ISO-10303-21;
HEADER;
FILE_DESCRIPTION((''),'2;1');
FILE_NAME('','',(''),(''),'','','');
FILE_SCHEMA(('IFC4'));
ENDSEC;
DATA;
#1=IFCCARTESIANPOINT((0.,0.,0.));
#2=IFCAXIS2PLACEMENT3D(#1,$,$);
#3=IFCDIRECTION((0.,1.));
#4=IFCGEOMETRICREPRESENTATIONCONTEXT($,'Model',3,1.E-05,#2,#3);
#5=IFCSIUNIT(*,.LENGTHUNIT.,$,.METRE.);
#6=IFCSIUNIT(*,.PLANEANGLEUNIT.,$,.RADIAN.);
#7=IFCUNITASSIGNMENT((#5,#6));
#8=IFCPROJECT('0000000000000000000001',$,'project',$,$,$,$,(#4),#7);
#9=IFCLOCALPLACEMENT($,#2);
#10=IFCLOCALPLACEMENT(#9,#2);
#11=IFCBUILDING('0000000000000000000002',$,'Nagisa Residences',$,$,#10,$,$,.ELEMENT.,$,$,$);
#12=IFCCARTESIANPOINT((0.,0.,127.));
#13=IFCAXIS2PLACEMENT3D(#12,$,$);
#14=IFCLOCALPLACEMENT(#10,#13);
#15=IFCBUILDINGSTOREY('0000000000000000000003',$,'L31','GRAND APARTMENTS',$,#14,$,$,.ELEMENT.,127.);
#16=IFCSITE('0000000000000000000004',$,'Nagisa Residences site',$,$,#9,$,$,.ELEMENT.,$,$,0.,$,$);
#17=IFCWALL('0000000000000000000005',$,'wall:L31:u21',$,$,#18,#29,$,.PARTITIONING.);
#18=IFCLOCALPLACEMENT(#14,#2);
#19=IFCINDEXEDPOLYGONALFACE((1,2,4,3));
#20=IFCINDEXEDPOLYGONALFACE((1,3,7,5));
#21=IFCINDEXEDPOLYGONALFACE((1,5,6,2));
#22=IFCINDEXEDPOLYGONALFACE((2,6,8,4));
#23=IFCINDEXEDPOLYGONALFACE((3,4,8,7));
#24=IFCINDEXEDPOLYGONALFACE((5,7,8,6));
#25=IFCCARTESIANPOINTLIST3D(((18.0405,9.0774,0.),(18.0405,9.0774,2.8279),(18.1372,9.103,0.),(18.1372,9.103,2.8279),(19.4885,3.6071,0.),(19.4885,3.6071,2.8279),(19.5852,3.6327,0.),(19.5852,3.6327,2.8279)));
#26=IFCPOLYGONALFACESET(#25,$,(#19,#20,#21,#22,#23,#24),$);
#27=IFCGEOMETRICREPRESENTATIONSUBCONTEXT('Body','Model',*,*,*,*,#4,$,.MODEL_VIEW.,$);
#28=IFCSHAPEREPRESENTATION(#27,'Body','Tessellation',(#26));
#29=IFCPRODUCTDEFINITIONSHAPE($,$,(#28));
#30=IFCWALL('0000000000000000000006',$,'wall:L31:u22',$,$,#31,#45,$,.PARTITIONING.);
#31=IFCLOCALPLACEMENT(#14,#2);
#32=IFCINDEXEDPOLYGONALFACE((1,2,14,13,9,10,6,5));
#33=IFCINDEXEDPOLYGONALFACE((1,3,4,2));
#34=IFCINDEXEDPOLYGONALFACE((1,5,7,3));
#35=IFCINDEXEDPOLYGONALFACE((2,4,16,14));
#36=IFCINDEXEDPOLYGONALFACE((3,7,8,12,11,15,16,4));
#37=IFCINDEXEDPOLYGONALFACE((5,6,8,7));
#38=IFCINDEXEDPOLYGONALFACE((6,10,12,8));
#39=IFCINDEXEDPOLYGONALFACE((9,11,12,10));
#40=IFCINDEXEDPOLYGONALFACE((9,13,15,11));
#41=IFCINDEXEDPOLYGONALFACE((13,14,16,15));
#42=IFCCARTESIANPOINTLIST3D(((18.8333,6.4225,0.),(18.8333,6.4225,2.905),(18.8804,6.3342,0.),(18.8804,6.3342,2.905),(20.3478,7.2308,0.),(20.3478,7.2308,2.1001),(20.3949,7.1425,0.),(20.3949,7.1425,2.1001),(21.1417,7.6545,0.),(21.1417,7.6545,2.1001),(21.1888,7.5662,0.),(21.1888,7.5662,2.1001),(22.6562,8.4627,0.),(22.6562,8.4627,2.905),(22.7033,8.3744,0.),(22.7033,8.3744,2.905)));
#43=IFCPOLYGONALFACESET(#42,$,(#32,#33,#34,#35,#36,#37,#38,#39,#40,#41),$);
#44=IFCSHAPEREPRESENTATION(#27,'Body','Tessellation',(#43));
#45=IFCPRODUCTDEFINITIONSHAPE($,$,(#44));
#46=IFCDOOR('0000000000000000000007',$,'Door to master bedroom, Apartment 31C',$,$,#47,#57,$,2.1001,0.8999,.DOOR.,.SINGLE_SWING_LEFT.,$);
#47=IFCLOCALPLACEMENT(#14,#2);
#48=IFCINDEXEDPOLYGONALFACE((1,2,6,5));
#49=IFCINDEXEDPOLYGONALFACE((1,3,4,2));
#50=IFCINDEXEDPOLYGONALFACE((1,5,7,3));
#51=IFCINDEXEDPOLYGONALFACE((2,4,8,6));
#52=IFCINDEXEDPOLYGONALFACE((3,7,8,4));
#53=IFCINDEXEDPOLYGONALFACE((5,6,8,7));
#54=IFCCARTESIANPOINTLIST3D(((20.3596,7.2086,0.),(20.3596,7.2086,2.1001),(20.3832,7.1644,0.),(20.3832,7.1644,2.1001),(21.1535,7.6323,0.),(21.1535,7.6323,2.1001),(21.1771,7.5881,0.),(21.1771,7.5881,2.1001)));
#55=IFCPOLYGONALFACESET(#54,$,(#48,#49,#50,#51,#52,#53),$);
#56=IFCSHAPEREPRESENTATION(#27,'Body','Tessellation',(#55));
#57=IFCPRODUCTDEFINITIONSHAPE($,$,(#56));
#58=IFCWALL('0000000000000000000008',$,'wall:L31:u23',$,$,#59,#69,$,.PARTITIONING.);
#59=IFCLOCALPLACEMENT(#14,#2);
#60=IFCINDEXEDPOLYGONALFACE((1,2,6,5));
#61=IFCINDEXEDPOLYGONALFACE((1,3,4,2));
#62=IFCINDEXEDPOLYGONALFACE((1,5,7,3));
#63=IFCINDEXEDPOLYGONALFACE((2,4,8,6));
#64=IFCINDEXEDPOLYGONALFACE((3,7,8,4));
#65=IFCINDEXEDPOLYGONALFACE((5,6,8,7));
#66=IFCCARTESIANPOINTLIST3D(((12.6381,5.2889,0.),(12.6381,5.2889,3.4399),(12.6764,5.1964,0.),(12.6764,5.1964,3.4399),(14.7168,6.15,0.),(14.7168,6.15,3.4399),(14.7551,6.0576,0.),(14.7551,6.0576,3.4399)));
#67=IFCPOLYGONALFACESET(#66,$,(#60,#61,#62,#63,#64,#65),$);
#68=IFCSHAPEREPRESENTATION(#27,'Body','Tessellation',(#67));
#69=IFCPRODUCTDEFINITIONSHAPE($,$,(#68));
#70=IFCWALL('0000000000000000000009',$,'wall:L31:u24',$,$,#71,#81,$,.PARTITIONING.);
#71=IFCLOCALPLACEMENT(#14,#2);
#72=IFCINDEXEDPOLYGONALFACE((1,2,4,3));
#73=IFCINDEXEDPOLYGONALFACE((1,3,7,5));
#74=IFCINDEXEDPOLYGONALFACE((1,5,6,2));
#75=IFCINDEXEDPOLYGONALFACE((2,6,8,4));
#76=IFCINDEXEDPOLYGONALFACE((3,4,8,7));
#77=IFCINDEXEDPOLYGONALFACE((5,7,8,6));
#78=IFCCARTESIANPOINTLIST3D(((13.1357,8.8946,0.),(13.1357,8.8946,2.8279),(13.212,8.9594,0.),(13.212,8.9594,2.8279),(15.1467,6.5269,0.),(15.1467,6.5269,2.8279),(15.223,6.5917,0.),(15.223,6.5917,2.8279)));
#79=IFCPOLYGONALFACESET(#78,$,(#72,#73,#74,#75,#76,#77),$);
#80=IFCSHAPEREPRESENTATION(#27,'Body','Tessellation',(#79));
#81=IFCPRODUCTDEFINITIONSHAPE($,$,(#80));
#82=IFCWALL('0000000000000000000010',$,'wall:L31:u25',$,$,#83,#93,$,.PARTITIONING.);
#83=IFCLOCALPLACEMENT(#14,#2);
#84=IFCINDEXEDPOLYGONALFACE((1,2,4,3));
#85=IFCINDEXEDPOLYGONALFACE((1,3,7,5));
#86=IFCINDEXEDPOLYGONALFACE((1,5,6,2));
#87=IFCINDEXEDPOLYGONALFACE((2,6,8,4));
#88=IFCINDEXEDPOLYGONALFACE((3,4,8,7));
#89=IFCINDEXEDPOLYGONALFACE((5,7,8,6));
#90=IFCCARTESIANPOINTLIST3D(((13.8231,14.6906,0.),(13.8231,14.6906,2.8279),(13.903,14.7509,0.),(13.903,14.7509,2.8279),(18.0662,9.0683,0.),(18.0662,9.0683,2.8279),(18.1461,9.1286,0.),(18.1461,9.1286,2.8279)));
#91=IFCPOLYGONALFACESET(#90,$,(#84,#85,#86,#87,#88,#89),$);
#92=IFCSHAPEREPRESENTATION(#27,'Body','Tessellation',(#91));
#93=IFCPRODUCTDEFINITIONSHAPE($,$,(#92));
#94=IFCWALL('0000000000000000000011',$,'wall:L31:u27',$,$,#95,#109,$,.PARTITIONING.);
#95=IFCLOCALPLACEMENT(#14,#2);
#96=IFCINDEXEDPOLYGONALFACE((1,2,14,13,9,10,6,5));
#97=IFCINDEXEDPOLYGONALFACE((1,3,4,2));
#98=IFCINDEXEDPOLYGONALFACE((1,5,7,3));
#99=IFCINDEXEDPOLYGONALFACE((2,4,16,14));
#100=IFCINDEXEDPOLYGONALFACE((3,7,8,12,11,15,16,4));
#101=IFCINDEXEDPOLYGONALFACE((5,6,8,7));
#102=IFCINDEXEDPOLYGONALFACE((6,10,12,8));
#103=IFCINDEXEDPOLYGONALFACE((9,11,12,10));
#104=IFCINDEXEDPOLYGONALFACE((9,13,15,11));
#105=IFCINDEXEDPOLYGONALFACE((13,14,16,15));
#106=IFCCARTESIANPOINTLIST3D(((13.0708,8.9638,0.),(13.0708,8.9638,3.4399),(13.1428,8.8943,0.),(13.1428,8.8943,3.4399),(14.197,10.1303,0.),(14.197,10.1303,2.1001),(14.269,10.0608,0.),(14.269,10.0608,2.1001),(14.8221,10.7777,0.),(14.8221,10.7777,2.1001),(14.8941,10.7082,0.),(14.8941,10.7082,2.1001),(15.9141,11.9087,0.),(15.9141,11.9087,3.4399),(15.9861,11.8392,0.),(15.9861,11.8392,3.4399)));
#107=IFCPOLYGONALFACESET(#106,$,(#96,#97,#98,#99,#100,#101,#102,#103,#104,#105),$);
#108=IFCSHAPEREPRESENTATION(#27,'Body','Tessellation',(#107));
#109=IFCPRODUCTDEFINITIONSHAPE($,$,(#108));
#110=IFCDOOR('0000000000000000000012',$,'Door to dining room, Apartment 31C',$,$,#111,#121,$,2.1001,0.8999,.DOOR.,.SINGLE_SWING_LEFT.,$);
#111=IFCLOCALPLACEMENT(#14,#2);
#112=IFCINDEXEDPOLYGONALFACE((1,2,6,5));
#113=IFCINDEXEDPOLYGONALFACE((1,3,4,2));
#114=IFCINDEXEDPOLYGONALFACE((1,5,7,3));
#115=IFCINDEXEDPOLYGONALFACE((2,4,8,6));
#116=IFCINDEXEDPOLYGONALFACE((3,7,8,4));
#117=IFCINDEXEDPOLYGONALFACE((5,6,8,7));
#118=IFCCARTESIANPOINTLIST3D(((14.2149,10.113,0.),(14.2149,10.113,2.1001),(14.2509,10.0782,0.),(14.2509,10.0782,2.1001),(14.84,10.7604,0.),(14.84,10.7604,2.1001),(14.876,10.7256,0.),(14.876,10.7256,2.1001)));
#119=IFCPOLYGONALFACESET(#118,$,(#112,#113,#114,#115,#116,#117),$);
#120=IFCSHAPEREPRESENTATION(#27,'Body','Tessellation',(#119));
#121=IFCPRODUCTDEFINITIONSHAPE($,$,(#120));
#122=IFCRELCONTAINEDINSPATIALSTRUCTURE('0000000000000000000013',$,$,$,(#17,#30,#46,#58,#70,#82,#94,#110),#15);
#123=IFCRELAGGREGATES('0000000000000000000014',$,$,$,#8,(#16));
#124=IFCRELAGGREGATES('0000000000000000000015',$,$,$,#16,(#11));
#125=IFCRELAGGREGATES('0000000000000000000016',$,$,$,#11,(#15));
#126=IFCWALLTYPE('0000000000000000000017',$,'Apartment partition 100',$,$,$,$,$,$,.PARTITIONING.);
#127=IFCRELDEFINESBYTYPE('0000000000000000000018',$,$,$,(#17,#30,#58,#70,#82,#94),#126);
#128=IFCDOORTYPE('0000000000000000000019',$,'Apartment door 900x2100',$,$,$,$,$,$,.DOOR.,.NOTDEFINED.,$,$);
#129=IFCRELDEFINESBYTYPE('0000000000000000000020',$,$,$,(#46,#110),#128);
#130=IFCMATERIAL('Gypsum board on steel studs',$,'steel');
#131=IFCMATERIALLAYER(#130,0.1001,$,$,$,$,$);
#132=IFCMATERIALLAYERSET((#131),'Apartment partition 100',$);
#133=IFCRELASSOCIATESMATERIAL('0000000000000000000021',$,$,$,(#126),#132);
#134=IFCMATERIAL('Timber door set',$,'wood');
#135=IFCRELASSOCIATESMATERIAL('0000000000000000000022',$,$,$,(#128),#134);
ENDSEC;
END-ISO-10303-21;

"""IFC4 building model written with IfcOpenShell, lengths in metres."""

from ifc_helpers import new_model, si_unit, direction, frame, frame_2d, origin, place, context, subcontext, project, spatial, rectangle, extrude, material, layer, layer_set, type_object, element, fill, save


model = new_model("IFC4")

# Units and contexts
model_context = context("Model", 3, precision=1e-05, world=origin(), true_north=direction((0.0, 1.0)))
body_context = subcontext(model_context, "Body", "Model", "MODEL_VIEW")
ifc_project = project(units=[si_unit("LENGTHUNIT", "METRE"), si_unit("PLANEANGLEUNIT", "RADIAN")], contexts=[model_context])

# Site, building, storey
site_placement = place(None, origin())
site = spatial("IfcSite", under=ifc_project, at=site_placement, Name="Nagisa Residences site", CompositionType="ELEMENT", RefElevation=0.0)
building_placement = place(site_placement, origin())
building = spatial("IfcBuilding", under=site, at=building_placement, Name="Nagisa Residences", CompositionType="ELEMENT")
storey_placement = place(building_placement, frame((0.0, 0.0, 127.0)))
storey = spatial("IfcBuildingStorey", under=building, at=storey_placement, Name="L31", Description="GRAND APARTMENTS", CompositionType="ELEMENT", Elevation=127.0)

# Shared definitions
ifc_material_1 = material(Name="Gypsum board on steel studs", Category="steel")
ifc_layer_1 = layer(ifc_material_1, 0.1001)
ifc_layer_set_1 = layer_set([ifc_layer_1], Name="Apartment partition 100")
wall_type_1 = type_object("IfcWallType", Name="Apartment partition 100", PredefinedType="PARTITIONING", material=ifc_layer_set_1)
ifc_material_2 = material(Name="Timber door set", Category="wood")
door_type_1 = type_object("IfcDoorType", Name="Apartment door 900x2100", OperationType="NOTDEFINED", PredefinedType="DOOR", material=ifc_material_2)

# Wall
wall_1_placement = place(storey_placement, frame((19.5369, 3.6199, 0.0), z_axis=(0.0, 0.0, 1.0), x_axis=(-0.255893, 0.966705, 0.0)))
element("IfcWall", 1, at=wall_1_placement, inside=storey, type_object=wall_type_1, Name="wall:L31:u21", PredefinedType="PARTITIONING", context=body_context, shape_type="SweptSolid", body=[
    extrude(rectangle(XDim=5.6587, YDim=0.1001, at=frame_2d((2.8293, 0.0))), origin(), (0.0, 0.0, 1.0), 2.8279),
])

# Wall, opening, door
wall_2_placement = place(storey_placement, frame((18.8569, 6.3784, 0.0), z_axis=(0.0, 0.0, 1.0), x_axis=(0.882223, 0.470831, 0.0)))
wall_2 = element("IfcWall", 2, at=wall_2_placement, inside=storey, type_object=wall_type_1, Name="wall:L31:u22", PredefinedType="PARTITIONING", context=body_context, shape_type="SweptSolid", body=[
    extrude(rectangle(XDim=4.3333, YDim=0.1001, at=frame_2d((2.1665, 0.0))), origin(), (0.0, 0.0, 1.0), 2.905),
])
opening_1_placement = place(wall_2_placement, frame((1.7166, 0.0, 0.0)))
opening_1 = element("IfcOpeningElement", 3, at=opening_1_placement, cuts=wall_2, PredefinedType="OPENING", context=body_context, shape_type="SweptSolid", body=[
    extrude(rectangle(XDim=0.8999, YDim=2.1001, at=frame_2d((0.45, 1.05))), frame((0.0, 0.0601, 0.0), z_axis=(0.0, -1.0, 0.0), x_axis=(1.0, 0.0, 0.0)), (0.0, 0.0, 1.0), 0.1201),
])
door_1_placement = place(opening_1_placement, origin())
door_1 = element("IfcDoor", 4, at=door_1_placement, inside=storey, type_object=door_type_1, Name="Door to master bedroom, Apartment 31C", OperationType="SINGLE_SWING_LEFT", OverallHeight=2.1001, OverallWidth=0.8999, PredefinedType="DOOR", context=body_context, shape_type="SweptSolid", body=[
    extrude(rectangle(XDim=0.8999, YDim=2.1001, at=frame_2d((0.45, 1.05))), frame((0.0, 0.0249, 0.0), z_axis=(0.0, -1.0, 0.0), x_axis=(1.0, 0.0, 0.0)), (0.0, 0.0, 1.0), 0.05),
])
fill(opening_1, door_1)

# Walls
wall_3_placement = place(storey_placement, frame((12.6572, 5.2427, 0.0), z_axis=(0.0, 0.0, 1.0), x_axis=(0.923865, 0.382719, 0.0)))
element("IfcWall", 5, at=wall_3_placement, inside=storey, type_object=wall_type_1, Name="wall:L31:u23", PredefinedType="PARTITIONING", context=body_context, shape_type="SweptSolid", body=[
    extrude(rectangle(XDim=2.25, YDim=0.1001, at=frame_2d((1.125, 0.0))), origin(), (0.0, 0.0, 1.0), 3.4399),
])
wall_4_placement = place(storey_placement, frame((15.1848, 6.5593, 0.0), z_axis=(0.0, 0.0, 1.0), x_axis=(-0.647361, 0.762184, 0.0)))
element("IfcWall", 6, at=wall_4_placement, inside=storey, type_object=wall_type_1, Name="wall:L31:u24", PredefinedType="PARTITIONING", context=body_context, shape_type="SweptSolid", body=[
    extrude(rectangle(XDim=3.1064, YDim=0.1001, at=frame_2d((1.5532, 0.0))), origin(), (0.0, 0.0, 1.0), 2.8279),
])
wall_5_placement = place(storey_placement, frame((18.1062, 9.0984, 0.0), z_axis=(0.0, 0.0, 1.0), x_axis=(-0.602399, 0.798195, 0.0)))
element("IfcWall", 7, at=wall_5_placement, inside=storey, type_object=wall_type_1, Name="wall:L31:u25", PredefinedType="PARTITIONING", context=body_context, shape_type="SweptSolid", body=[
    extrude(rectangle(XDim=7.0437, YDim=0.1001, at=frame_2d((3.522, 0.0))), origin(), (0.0, 0.0, 1.0), 2.8279),
])

# Wall, opening, door
wall_6_placement = place(storey_placement, frame((13.1067, 8.929, 0.0), z_axis=(0.0, 0.0, 1.0), x_axis=(0.694592, 0.719404, 0.0)))
wall_6 = element("IfcWall", 8, at=wall_6_placement, inside=storey, type_object=wall_type_1, Name="wall:L31:u27", PredefinedType="PARTITIONING", context=body_context, shape_type="SweptSolid", body=[
    extrude(rectangle(XDim=4.0935, YDim=0.1001, at=frame_2d((2.0469, 0.0))), origin(), (0.0, 0.0, 1.0), 3.4399),
])
opening_2_placement = place(wall_6_placement, frame((1.6216, 0.0, 0.0)))
opening_2 = element("IfcOpeningElement", 9, at=opening_2_placement, cuts=wall_6, PredefinedType="OPENING", context=body_context, shape_type="SweptSolid", body=[
    extrude(rectangle(XDim=0.8999, YDim=2.1001, at=frame_2d((0.45, 1.05))), frame((0.0, 0.0601, 0.0), z_axis=(0.0, -1.0, 0.0), x_axis=(1.0, 0.0, 0.0)), (0.0, 0.0, 1.0), 0.1201),
])
door_2_placement = place(opening_2_placement, frame((0.8999, 0.0, 0.0), x_axis=(-1.0, 0.0, 0.0)))
door_2 = element("IfcDoor", 10, at=door_2_placement, inside=storey, type_object=door_type_1, Name="Door to dining room, Apartment 31C", OperationType="SINGLE_SWING_LEFT", OverallHeight=2.1001, OverallWidth=0.8999, PredefinedType="DOOR", context=body_context, shape_type="SweptSolid", body=[
    extrude(rectangle(XDim=0.8999, YDim=2.1001, at=frame_2d((0.45, 1.05))), frame((0.0, 0.0249, 0.0), z_axis=(0.0, -1.0, 0.0), x_axis=(1.0, 0.0, 0.0)), (0.0, 0.0, 1.0), 0.05),
])
fill(opening_2, door_2)

save(model, "model.ifc")
